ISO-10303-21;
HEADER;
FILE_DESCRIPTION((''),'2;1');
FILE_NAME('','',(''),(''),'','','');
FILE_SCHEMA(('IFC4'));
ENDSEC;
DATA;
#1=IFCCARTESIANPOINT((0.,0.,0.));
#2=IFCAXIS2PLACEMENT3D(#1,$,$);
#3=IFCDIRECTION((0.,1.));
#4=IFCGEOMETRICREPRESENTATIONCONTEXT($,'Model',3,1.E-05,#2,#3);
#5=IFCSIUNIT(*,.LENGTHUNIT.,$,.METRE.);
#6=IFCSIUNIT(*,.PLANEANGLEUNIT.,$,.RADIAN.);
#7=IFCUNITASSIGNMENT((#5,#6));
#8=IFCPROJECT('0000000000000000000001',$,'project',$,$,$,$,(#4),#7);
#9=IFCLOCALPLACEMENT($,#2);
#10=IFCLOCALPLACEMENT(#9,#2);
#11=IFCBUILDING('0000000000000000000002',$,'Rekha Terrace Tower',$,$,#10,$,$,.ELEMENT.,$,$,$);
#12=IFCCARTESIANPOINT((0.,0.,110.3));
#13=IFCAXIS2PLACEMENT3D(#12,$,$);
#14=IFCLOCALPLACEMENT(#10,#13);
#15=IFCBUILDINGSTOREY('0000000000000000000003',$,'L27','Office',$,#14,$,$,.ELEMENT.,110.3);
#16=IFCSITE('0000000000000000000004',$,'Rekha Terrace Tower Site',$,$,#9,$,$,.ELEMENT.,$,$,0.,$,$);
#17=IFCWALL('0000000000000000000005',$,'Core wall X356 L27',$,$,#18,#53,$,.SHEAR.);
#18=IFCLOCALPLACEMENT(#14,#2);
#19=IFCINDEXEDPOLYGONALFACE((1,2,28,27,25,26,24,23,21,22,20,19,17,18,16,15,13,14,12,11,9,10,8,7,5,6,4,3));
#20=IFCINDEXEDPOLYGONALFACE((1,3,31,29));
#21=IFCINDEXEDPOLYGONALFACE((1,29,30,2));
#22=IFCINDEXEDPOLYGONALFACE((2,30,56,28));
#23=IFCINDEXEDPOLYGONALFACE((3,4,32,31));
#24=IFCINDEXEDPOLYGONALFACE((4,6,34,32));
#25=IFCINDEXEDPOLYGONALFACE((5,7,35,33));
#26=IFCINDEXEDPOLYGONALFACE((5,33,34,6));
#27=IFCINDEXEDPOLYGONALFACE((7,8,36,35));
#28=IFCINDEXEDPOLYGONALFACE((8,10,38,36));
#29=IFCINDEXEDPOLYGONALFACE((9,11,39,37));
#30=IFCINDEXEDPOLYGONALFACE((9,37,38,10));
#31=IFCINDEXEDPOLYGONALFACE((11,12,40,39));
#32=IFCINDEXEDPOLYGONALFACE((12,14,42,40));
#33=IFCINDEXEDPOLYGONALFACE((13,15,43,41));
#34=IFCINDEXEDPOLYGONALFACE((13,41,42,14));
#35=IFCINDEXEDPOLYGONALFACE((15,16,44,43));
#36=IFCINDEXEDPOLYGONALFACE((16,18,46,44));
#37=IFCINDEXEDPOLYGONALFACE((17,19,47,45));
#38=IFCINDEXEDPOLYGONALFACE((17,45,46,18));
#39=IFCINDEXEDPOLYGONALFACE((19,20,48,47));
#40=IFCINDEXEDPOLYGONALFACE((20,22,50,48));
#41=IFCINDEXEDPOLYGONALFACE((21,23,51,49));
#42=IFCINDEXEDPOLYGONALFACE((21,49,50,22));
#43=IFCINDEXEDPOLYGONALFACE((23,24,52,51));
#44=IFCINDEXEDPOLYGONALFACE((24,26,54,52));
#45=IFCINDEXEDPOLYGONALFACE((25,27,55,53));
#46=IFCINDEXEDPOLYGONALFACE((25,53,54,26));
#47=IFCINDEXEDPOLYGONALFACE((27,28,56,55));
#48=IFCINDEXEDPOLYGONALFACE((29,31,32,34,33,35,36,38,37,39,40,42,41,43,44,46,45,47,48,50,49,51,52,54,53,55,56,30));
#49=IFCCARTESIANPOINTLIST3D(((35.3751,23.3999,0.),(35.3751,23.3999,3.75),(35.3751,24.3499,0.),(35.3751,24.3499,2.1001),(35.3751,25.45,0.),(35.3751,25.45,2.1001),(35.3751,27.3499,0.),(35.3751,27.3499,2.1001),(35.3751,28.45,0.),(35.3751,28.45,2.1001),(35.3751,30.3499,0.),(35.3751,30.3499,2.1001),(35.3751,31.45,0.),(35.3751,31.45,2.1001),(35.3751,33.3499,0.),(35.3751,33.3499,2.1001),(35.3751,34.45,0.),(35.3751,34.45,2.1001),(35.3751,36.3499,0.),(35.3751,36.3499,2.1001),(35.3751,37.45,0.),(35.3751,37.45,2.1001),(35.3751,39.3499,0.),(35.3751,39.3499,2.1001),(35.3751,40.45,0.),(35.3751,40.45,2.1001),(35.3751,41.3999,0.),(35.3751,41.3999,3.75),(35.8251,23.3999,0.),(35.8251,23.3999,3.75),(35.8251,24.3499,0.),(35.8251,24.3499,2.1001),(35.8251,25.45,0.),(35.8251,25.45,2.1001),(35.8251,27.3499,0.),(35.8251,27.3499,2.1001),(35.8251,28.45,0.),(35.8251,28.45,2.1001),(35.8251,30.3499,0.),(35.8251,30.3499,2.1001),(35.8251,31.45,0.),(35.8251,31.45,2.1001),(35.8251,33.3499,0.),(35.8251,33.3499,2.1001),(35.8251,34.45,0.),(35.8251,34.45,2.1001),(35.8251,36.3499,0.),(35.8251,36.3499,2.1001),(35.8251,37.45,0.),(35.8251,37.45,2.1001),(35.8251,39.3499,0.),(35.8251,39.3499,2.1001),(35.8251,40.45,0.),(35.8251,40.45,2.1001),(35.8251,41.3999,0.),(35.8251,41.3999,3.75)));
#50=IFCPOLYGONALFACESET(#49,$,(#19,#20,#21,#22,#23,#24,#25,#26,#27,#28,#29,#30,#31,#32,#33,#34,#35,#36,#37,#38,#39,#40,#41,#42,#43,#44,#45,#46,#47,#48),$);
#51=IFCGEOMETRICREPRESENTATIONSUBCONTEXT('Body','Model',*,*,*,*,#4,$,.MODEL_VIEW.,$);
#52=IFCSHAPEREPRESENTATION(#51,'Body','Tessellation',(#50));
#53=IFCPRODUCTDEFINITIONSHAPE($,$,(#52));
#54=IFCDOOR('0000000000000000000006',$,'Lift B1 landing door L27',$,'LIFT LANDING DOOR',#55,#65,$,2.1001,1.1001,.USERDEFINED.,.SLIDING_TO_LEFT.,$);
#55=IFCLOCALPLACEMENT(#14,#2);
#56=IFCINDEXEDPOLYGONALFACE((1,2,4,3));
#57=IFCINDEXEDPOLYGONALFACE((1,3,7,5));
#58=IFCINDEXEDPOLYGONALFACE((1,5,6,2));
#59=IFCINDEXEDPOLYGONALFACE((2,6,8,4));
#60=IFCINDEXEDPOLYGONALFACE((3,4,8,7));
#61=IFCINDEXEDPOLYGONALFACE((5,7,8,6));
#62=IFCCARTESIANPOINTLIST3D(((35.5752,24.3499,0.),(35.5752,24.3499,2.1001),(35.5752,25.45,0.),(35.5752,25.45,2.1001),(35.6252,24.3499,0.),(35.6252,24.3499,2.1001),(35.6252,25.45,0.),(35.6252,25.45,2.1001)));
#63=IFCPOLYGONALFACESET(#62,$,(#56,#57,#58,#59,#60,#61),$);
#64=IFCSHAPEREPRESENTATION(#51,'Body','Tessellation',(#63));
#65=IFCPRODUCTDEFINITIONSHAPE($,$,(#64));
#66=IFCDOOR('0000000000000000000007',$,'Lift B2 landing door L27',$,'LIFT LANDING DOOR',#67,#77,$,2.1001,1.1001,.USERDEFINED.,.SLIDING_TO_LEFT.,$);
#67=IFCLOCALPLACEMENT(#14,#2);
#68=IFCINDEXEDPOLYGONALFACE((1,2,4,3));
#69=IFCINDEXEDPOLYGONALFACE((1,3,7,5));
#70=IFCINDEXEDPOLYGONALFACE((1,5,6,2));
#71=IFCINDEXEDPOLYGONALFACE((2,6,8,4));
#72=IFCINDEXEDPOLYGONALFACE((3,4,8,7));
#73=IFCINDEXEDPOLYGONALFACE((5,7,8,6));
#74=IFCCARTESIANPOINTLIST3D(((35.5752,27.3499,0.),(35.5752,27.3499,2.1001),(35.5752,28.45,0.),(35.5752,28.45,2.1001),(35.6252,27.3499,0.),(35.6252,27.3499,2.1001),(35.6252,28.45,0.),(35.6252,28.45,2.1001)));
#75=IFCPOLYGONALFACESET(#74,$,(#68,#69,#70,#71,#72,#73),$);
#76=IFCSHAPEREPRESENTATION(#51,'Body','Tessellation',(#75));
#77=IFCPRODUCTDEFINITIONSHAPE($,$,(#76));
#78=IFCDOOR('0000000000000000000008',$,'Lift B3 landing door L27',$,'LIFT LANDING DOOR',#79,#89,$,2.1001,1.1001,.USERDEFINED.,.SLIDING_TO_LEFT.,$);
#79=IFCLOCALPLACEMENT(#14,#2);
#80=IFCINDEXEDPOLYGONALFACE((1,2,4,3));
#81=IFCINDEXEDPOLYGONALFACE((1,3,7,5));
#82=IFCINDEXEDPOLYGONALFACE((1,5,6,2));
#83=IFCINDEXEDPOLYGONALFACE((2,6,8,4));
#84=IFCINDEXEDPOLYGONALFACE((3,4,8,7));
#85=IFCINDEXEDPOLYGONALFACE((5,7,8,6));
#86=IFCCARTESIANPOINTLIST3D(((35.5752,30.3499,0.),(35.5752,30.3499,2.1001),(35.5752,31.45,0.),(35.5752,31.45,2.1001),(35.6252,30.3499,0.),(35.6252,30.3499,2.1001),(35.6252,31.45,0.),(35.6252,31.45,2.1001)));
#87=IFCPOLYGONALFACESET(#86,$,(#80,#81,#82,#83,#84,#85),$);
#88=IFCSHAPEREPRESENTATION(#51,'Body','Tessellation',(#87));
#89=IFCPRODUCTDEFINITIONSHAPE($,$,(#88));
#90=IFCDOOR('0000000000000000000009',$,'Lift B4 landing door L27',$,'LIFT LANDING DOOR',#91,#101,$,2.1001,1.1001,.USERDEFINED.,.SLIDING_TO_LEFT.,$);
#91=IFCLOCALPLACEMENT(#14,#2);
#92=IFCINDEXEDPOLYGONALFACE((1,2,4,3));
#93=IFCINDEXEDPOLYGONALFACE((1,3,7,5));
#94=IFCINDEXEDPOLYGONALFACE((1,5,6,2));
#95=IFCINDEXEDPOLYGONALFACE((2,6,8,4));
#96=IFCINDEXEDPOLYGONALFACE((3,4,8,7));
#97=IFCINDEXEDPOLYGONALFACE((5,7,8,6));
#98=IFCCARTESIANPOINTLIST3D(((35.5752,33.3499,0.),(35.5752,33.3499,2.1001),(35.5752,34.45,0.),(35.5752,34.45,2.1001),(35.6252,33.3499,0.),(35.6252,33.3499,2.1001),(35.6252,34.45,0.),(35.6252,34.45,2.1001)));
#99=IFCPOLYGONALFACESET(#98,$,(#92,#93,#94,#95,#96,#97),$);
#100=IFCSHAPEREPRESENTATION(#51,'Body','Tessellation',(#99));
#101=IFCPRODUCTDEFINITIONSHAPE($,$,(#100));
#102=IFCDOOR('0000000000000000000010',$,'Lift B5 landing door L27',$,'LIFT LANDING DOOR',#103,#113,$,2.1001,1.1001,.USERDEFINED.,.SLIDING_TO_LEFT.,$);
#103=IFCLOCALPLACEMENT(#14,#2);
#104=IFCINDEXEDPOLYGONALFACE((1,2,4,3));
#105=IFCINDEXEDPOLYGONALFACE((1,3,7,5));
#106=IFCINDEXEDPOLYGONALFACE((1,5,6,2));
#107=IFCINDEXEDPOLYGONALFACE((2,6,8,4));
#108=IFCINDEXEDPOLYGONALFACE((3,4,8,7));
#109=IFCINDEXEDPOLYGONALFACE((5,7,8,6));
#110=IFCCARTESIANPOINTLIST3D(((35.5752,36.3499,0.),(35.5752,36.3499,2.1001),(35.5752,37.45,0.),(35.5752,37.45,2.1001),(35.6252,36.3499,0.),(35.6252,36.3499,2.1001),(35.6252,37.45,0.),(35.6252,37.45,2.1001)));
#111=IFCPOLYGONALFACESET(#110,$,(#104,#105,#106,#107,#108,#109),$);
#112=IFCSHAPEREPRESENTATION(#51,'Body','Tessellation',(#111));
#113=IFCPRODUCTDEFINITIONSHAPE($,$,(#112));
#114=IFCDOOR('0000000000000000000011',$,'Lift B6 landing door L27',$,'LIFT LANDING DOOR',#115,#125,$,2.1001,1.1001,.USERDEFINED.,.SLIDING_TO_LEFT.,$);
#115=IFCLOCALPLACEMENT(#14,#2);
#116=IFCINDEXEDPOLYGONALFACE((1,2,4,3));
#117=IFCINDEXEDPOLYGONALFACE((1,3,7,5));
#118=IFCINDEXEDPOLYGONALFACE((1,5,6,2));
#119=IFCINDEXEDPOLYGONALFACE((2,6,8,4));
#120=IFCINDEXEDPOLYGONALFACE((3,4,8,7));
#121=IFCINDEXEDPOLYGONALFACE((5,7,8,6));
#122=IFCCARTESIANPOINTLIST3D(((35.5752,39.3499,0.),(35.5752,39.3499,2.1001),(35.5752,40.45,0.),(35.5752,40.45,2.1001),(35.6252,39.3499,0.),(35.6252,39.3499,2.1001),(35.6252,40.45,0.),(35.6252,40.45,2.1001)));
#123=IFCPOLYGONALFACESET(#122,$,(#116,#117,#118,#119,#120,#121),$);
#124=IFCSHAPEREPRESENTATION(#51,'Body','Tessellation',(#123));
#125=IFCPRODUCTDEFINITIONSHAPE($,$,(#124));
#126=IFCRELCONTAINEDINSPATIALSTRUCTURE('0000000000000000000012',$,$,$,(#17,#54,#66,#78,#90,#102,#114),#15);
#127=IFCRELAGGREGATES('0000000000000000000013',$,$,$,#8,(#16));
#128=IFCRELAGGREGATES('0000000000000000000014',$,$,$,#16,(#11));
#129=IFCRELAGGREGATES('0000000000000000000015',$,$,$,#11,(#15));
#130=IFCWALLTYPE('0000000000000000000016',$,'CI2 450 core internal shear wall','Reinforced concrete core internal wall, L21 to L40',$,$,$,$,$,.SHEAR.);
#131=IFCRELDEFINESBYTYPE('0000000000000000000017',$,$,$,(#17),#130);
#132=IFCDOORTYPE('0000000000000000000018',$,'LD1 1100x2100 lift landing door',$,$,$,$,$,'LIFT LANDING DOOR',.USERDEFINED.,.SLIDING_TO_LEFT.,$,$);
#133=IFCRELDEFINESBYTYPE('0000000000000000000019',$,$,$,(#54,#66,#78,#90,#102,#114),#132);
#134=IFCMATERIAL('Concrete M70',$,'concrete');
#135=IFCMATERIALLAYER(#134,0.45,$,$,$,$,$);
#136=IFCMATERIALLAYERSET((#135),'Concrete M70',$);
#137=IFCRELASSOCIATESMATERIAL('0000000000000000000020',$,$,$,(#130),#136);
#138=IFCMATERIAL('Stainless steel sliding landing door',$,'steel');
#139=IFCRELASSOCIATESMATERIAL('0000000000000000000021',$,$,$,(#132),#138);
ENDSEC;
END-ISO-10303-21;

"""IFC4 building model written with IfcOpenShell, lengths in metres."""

from ifc_helpers import new_model, si_unit, direction, frame, frame_2d, origin, place, context, subcontext, project, spatial, rectangle, extrude, material, layer, layer_set, type_object, element, fill, save


model = new_model("IFC4")

# Units and contexts
model_context = context("Model", 3, precision=1e-05, world=origin(), true_north=direction((0.0, 1.0)))
body_context = subcontext(model_context, "Body", "Model", "MODEL_VIEW")
ifc_project = project(units=[si_unit("LENGTHUNIT", "METRE"), si_unit("PLANEANGLEUNIT", "RADIAN")], contexts=[model_context])

# Site, building, storey
site_placement = place(None, origin())
site = spatial("IfcSite", under=ifc_project, at=site_placement, Name="Rekha Terrace Tower Site", CompositionType="ELEMENT", RefElevation=0.0)
building_placement = place(site_placement, origin())
building = spatial("IfcBuilding", under=site, at=building_placement, Name="Rekha Terrace Tower", CompositionType="ELEMENT")
storey_placement = place(building_placement, frame((0.0, 0.0, 110.3)))
storey = spatial("IfcBuildingStorey", under=building, at=storey_placement, Name="L27", Description="Office", CompositionType="ELEMENT", Elevation=110.3)

# Wall, openings, doors
ifc_material_1 = material(Name="Concrete M70", Category="concrete")
ifc_layer_1 = layer(ifc_material_1, 0.45)
ifc_layer_set_1 = layer_set([ifc_layer_1], Name="Concrete M70")
wall_type_1 = type_object("IfcWallType", Name="CI2 450 core internal shear wall", Description="Reinforced concrete core internal wall, L21 to L40", PredefinedType="SHEAR", material=ifc_layer_set_1)
wall_1_placement = place(storey_placement, frame((35.6001, 23.3999, 0.0), z_axis=(0.0, 0.0, 1.0), x_axis=(0.0, 1.0, 0.0)))
wall_1 = element("IfcWall", 1, at=wall_1_placement, inside=storey, type_object=wall_type_1, Name="Core wall X356 L27", PredefinedType="SHEAR", context=body_context, shape_type="SweptSolid", body=[
    extrude(rectangle(XDim=18.0, YDim=0.45, at=frame_2d((9.0, 0.0))), origin(), (0.0, 0.0, 1.0), 3.75),
])
opening_1_placement = place(wall_1_placement, frame((0.95, 0.0, 0.0)))
opening_1 = element("IfcOpeningElement", 2, at=opening_1_placement, cuts=wall_1, PredefinedType="OPENING", context=body_context, shape_type="SweptSolid", body=[
    extrude(rectangle(XDim=1.1001, YDim=2.1001, at=frame_2d((0.55, 1.05))), frame((0.0, 0.2349, 0.0), z_axis=(0.0, -1.0, 0.0), x_axis=(1.0, 0.0, 0.0)), (0.0, 0.0, 1.0), 0.47),
])
opening_2_placement = place(wall_1_placement, frame((3.95, 0.0, 0.0)))
opening_2 = element("IfcOpeningElement", 3, at=opening_2_placement, cuts=wall_1, PredefinedType="OPENING", context=body_context, shape_type="SweptSolid", body=[
    extrude(rectangle(XDim=1.1001, YDim=2.1001, at=frame_2d((0.55, 1.05))), frame((0.0, 0.2349, 0.0), z_axis=(0.0, -1.0, 0.0), x_axis=(1.0, 0.0, 0.0)), (0.0, 0.0, 1.0), 0.47),
])
opening_3_placement = place(wall_1_placement, frame((6.95, 0.0, 0.0)))
opening_3 = element("IfcOpeningElement", 4, at=opening_3_placement, cuts=wall_1, PredefinedType="OPENING", context=body_context, shape_type="SweptSolid", body=[
    extrude(rectangle(XDim=1.1001, YDim=2.1001, at=frame_2d((0.55, 1.05))), frame((0.0, 0.2349, 0.0), z_axis=(0.0, -1.0, 0.0), x_axis=(1.0, 0.0, 0.0)), (0.0, 0.0, 1.0), 0.47),
])
opening_4_placement = place(wall_1_placement, frame((9.95, 0.0, 0.0)))
opening_4 = element("IfcOpeningElement", 5, at=opening_4_placement, cuts=wall_1, PredefinedType="OPENING", context=body_context, shape_type="SweptSolid", body=[
    extrude(rectangle(XDim=1.1001, YDim=2.1001, at=frame_2d((0.55, 1.05))), frame((0.0, 0.2349, 0.0), z_axis=(0.0, -1.0, 0.0), x_axis=(1.0, 0.0, 0.0)), (0.0, 0.0, 1.0), 0.47),
])
opening_5_placement = place(wall_1_placement, frame((12.95, 0.0, 0.0)))
opening_5 = element("IfcOpeningElement", 6, at=opening_5_placement, cuts=wall_1, PredefinedType="OPENING", context=body_context, shape_type="SweptSolid", body=[
    extrude(rectangle(XDim=1.1001, YDim=2.1001, at=frame_2d((0.55, 1.05))), frame((0.0, 0.2349, 0.0), z_axis=(0.0, -1.0, 0.0), x_axis=(1.0, 0.0, 0.0)), (0.0, 0.0, 1.0), 0.47),
])
opening_6_placement = place(wall_1_placement, frame((15.95, 0.0, 0.0)))
opening_6 = element("IfcOpeningElement", 7, at=opening_6_placement, cuts=wall_1, PredefinedType="OPENING", context=body_context, shape_type="SweptSolid", body=[
    extrude(rectangle(XDim=1.1001, YDim=2.1001, at=frame_2d((0.55, 1.05))), frame((0.0, 0.2349, 0.0), z_axis=(0.0, -1.0, 0.0), x_axis=(1.0, 0.0, 0.0)), (0.0, 0.0, 1.0), 0.47),
])
ifc_material_2 = material(Name="Stainless steel sliding landing door", Category="steel")
door_type_1 = type_object("IfcDoorType", Name="LD1 1100x2100 lift landing door", ElementType="LIFT LANDING DOOR", OperationType="SLIDING_TO_LEFT", PredefinedType="USERDEFINED", material=ifc_material_2)
door_1_placement = place(opening_1_placement, origin())
door_1 = element("IfcDoor", 8, at=door_1_placement, inside=storey, type_object=door_type_1, Name="Lift B1 landing door L27", ObjectType="LIFT LANDING DOOR", OperationType="SLIDING_TO_LEFT", OverallHeight=2.1001, OverallWidth=1.1001, PredefinedType="USERDEFINED", context=body_context, shape_type="SweptSolid", body=[
    extrude(rectangle(XDim=1.1001, YDim=2.1001, at=frame_2d((0.55, 1.05))), frame((0.0, 0.0249, 0.0), z_axis=(0.0, -1.0, 0.0), x_axis=(1.0, 0.0, 0.0)), (0.0, 0.0, 1.0), 0.05),
])
fill(opening_1, door_1)
door_2_placement = place(opening_2_placement, origin())
door_2 = element("IfcDoor", 9, at=door_2_placement, inside=storey, type_object=door_type_1, Name="Lift B2 landing door L27", ObjectType="LIFT LANDING DOOR", OperationType="SLIDING_TO_LEFT", OverallHeight=2.1001, OverallWidth=1.1001, PredefinedType="USERDEFINED", context=body_context, shape_type="SweptSolid", body=[
    extrude(rectangle(XDim=1.1001, YDim=2.1001, at=frame_2d((0.55, 1.05))), frame((0.0, 0.0249, 0.0), z_axis=(0.0, -1.0, 0.0), x_axis=(1.0, 0.0, 0.0)), (0.0, 0.0, 1.0), 0.05),
])
fill(opening_2, door_2)
door_3_placement = place(opening_3_placement, origin())
door_3 = element("IfcDoor", 10, at=door_3_placement, inside=storey, type_object=door_type_1, Name="Lift B3 landing door L27", ObjectType="LIFT LANDING DOOR", OperationType="SLIDING_TO_LEFT", OverallHeight=2.1001, OverallWidth=1.1001, PredefinedType="USERDEFINED", context=body_context, shape_type="SweptSolid", body=[
    extrude(rectangle(XDim=1.1001, YDim=2.1001, at=frame_2d((0.55, 1.05))), frame((0.0, 0.0249, 0.0), z_axis=(0.0, -1.0, 0.0), x_axis=(1.0, 0.0, 0.0)), (0.0, 0.0, 1.0), 0.05),
])
fill(opening_3, door_3)
door_4_placement = place(opening_4_placement, origin())
door_4 = element("IfcDoor", 11, at=door_4_placement, inside=storey, type_object=door_type_1, Name="Lift B4 landing door L27", ObjectType="LIFT LANDING DOOR", OperationType="SLIDING_TO_LEFT", OverallHeight=2.1001, OverallWidth=1.1001, PredefinedType="USERDEFINED", context=body_context, shape_type="SweptSolid", body=[
    extrude(rectangle(XDim=1.1001, YDim=2.1001, at=frame_2d((0.55, 1.05))), frame((0.0, 0.0249, 0.0), z_axis=(0.0, -1.0, 0.0), x_axis=(1.0, 0.0, 0.0)), (0.0, 0.0, 1.0), 0.05),
])
fill(opening_4, door_4)
door_5_placement = place(opening_5_placement, origin())
door_5 = element("IfcDoor", 12, at=door_5_placement, inside=storey, type_object=door_type_1, Name="Lift B5 landing door L27", ObjectType="LIFT LANDING DOOR", OperationType="SLIDING_TO_LEFT", OverallHeight=2.1001, OverallWidth=1.1001, PredefinedType="USERDEFINED", context=body_context, shape_type="SweptSolid", body=[
    extrude(rectangle(XDim=1.1001, YDim=2.1001, at=frame_2d((0.55, 1.05))), frame((0.0, 0.0249, 0.0), z_axis=(0.0, -1.0, 0.0), x_axis=(1.0, 0.0, 0.0)), (0.0, 0.0, 1.0), 0.05),
])
fill(opening_5, door_5)
door_6_placement = place(opening_6_placement, origin())
door_6 = element("IfcDoor", 13, at=door_6_placement, inside=storey, type_object=door_type_1, Name="Lift B6 landing door L27", ObjectType="LIFT LANDING DOOR", OperationType="SLIDING_TO_LEFT", OverallHeight=2.1001, OverallWidth=1.1001, PredefinedType="USERDEFINED", context=body_context, shape_type="SweptSolid", body=[
    extrude(rectangle(XDim=1.1001, YDim=2.1001, at=frame_2d((0.55, 1.05))), frame((0.0, 0.0249, 0.0), z_axis=(0.0, -1.0, 0.0), x_axis=(1.0, 0.0, 0.0)), (0.0, 0.0, 1.0), 0.05),
])
fill(opening_6, door_6)

save(model, "model.ifc")
